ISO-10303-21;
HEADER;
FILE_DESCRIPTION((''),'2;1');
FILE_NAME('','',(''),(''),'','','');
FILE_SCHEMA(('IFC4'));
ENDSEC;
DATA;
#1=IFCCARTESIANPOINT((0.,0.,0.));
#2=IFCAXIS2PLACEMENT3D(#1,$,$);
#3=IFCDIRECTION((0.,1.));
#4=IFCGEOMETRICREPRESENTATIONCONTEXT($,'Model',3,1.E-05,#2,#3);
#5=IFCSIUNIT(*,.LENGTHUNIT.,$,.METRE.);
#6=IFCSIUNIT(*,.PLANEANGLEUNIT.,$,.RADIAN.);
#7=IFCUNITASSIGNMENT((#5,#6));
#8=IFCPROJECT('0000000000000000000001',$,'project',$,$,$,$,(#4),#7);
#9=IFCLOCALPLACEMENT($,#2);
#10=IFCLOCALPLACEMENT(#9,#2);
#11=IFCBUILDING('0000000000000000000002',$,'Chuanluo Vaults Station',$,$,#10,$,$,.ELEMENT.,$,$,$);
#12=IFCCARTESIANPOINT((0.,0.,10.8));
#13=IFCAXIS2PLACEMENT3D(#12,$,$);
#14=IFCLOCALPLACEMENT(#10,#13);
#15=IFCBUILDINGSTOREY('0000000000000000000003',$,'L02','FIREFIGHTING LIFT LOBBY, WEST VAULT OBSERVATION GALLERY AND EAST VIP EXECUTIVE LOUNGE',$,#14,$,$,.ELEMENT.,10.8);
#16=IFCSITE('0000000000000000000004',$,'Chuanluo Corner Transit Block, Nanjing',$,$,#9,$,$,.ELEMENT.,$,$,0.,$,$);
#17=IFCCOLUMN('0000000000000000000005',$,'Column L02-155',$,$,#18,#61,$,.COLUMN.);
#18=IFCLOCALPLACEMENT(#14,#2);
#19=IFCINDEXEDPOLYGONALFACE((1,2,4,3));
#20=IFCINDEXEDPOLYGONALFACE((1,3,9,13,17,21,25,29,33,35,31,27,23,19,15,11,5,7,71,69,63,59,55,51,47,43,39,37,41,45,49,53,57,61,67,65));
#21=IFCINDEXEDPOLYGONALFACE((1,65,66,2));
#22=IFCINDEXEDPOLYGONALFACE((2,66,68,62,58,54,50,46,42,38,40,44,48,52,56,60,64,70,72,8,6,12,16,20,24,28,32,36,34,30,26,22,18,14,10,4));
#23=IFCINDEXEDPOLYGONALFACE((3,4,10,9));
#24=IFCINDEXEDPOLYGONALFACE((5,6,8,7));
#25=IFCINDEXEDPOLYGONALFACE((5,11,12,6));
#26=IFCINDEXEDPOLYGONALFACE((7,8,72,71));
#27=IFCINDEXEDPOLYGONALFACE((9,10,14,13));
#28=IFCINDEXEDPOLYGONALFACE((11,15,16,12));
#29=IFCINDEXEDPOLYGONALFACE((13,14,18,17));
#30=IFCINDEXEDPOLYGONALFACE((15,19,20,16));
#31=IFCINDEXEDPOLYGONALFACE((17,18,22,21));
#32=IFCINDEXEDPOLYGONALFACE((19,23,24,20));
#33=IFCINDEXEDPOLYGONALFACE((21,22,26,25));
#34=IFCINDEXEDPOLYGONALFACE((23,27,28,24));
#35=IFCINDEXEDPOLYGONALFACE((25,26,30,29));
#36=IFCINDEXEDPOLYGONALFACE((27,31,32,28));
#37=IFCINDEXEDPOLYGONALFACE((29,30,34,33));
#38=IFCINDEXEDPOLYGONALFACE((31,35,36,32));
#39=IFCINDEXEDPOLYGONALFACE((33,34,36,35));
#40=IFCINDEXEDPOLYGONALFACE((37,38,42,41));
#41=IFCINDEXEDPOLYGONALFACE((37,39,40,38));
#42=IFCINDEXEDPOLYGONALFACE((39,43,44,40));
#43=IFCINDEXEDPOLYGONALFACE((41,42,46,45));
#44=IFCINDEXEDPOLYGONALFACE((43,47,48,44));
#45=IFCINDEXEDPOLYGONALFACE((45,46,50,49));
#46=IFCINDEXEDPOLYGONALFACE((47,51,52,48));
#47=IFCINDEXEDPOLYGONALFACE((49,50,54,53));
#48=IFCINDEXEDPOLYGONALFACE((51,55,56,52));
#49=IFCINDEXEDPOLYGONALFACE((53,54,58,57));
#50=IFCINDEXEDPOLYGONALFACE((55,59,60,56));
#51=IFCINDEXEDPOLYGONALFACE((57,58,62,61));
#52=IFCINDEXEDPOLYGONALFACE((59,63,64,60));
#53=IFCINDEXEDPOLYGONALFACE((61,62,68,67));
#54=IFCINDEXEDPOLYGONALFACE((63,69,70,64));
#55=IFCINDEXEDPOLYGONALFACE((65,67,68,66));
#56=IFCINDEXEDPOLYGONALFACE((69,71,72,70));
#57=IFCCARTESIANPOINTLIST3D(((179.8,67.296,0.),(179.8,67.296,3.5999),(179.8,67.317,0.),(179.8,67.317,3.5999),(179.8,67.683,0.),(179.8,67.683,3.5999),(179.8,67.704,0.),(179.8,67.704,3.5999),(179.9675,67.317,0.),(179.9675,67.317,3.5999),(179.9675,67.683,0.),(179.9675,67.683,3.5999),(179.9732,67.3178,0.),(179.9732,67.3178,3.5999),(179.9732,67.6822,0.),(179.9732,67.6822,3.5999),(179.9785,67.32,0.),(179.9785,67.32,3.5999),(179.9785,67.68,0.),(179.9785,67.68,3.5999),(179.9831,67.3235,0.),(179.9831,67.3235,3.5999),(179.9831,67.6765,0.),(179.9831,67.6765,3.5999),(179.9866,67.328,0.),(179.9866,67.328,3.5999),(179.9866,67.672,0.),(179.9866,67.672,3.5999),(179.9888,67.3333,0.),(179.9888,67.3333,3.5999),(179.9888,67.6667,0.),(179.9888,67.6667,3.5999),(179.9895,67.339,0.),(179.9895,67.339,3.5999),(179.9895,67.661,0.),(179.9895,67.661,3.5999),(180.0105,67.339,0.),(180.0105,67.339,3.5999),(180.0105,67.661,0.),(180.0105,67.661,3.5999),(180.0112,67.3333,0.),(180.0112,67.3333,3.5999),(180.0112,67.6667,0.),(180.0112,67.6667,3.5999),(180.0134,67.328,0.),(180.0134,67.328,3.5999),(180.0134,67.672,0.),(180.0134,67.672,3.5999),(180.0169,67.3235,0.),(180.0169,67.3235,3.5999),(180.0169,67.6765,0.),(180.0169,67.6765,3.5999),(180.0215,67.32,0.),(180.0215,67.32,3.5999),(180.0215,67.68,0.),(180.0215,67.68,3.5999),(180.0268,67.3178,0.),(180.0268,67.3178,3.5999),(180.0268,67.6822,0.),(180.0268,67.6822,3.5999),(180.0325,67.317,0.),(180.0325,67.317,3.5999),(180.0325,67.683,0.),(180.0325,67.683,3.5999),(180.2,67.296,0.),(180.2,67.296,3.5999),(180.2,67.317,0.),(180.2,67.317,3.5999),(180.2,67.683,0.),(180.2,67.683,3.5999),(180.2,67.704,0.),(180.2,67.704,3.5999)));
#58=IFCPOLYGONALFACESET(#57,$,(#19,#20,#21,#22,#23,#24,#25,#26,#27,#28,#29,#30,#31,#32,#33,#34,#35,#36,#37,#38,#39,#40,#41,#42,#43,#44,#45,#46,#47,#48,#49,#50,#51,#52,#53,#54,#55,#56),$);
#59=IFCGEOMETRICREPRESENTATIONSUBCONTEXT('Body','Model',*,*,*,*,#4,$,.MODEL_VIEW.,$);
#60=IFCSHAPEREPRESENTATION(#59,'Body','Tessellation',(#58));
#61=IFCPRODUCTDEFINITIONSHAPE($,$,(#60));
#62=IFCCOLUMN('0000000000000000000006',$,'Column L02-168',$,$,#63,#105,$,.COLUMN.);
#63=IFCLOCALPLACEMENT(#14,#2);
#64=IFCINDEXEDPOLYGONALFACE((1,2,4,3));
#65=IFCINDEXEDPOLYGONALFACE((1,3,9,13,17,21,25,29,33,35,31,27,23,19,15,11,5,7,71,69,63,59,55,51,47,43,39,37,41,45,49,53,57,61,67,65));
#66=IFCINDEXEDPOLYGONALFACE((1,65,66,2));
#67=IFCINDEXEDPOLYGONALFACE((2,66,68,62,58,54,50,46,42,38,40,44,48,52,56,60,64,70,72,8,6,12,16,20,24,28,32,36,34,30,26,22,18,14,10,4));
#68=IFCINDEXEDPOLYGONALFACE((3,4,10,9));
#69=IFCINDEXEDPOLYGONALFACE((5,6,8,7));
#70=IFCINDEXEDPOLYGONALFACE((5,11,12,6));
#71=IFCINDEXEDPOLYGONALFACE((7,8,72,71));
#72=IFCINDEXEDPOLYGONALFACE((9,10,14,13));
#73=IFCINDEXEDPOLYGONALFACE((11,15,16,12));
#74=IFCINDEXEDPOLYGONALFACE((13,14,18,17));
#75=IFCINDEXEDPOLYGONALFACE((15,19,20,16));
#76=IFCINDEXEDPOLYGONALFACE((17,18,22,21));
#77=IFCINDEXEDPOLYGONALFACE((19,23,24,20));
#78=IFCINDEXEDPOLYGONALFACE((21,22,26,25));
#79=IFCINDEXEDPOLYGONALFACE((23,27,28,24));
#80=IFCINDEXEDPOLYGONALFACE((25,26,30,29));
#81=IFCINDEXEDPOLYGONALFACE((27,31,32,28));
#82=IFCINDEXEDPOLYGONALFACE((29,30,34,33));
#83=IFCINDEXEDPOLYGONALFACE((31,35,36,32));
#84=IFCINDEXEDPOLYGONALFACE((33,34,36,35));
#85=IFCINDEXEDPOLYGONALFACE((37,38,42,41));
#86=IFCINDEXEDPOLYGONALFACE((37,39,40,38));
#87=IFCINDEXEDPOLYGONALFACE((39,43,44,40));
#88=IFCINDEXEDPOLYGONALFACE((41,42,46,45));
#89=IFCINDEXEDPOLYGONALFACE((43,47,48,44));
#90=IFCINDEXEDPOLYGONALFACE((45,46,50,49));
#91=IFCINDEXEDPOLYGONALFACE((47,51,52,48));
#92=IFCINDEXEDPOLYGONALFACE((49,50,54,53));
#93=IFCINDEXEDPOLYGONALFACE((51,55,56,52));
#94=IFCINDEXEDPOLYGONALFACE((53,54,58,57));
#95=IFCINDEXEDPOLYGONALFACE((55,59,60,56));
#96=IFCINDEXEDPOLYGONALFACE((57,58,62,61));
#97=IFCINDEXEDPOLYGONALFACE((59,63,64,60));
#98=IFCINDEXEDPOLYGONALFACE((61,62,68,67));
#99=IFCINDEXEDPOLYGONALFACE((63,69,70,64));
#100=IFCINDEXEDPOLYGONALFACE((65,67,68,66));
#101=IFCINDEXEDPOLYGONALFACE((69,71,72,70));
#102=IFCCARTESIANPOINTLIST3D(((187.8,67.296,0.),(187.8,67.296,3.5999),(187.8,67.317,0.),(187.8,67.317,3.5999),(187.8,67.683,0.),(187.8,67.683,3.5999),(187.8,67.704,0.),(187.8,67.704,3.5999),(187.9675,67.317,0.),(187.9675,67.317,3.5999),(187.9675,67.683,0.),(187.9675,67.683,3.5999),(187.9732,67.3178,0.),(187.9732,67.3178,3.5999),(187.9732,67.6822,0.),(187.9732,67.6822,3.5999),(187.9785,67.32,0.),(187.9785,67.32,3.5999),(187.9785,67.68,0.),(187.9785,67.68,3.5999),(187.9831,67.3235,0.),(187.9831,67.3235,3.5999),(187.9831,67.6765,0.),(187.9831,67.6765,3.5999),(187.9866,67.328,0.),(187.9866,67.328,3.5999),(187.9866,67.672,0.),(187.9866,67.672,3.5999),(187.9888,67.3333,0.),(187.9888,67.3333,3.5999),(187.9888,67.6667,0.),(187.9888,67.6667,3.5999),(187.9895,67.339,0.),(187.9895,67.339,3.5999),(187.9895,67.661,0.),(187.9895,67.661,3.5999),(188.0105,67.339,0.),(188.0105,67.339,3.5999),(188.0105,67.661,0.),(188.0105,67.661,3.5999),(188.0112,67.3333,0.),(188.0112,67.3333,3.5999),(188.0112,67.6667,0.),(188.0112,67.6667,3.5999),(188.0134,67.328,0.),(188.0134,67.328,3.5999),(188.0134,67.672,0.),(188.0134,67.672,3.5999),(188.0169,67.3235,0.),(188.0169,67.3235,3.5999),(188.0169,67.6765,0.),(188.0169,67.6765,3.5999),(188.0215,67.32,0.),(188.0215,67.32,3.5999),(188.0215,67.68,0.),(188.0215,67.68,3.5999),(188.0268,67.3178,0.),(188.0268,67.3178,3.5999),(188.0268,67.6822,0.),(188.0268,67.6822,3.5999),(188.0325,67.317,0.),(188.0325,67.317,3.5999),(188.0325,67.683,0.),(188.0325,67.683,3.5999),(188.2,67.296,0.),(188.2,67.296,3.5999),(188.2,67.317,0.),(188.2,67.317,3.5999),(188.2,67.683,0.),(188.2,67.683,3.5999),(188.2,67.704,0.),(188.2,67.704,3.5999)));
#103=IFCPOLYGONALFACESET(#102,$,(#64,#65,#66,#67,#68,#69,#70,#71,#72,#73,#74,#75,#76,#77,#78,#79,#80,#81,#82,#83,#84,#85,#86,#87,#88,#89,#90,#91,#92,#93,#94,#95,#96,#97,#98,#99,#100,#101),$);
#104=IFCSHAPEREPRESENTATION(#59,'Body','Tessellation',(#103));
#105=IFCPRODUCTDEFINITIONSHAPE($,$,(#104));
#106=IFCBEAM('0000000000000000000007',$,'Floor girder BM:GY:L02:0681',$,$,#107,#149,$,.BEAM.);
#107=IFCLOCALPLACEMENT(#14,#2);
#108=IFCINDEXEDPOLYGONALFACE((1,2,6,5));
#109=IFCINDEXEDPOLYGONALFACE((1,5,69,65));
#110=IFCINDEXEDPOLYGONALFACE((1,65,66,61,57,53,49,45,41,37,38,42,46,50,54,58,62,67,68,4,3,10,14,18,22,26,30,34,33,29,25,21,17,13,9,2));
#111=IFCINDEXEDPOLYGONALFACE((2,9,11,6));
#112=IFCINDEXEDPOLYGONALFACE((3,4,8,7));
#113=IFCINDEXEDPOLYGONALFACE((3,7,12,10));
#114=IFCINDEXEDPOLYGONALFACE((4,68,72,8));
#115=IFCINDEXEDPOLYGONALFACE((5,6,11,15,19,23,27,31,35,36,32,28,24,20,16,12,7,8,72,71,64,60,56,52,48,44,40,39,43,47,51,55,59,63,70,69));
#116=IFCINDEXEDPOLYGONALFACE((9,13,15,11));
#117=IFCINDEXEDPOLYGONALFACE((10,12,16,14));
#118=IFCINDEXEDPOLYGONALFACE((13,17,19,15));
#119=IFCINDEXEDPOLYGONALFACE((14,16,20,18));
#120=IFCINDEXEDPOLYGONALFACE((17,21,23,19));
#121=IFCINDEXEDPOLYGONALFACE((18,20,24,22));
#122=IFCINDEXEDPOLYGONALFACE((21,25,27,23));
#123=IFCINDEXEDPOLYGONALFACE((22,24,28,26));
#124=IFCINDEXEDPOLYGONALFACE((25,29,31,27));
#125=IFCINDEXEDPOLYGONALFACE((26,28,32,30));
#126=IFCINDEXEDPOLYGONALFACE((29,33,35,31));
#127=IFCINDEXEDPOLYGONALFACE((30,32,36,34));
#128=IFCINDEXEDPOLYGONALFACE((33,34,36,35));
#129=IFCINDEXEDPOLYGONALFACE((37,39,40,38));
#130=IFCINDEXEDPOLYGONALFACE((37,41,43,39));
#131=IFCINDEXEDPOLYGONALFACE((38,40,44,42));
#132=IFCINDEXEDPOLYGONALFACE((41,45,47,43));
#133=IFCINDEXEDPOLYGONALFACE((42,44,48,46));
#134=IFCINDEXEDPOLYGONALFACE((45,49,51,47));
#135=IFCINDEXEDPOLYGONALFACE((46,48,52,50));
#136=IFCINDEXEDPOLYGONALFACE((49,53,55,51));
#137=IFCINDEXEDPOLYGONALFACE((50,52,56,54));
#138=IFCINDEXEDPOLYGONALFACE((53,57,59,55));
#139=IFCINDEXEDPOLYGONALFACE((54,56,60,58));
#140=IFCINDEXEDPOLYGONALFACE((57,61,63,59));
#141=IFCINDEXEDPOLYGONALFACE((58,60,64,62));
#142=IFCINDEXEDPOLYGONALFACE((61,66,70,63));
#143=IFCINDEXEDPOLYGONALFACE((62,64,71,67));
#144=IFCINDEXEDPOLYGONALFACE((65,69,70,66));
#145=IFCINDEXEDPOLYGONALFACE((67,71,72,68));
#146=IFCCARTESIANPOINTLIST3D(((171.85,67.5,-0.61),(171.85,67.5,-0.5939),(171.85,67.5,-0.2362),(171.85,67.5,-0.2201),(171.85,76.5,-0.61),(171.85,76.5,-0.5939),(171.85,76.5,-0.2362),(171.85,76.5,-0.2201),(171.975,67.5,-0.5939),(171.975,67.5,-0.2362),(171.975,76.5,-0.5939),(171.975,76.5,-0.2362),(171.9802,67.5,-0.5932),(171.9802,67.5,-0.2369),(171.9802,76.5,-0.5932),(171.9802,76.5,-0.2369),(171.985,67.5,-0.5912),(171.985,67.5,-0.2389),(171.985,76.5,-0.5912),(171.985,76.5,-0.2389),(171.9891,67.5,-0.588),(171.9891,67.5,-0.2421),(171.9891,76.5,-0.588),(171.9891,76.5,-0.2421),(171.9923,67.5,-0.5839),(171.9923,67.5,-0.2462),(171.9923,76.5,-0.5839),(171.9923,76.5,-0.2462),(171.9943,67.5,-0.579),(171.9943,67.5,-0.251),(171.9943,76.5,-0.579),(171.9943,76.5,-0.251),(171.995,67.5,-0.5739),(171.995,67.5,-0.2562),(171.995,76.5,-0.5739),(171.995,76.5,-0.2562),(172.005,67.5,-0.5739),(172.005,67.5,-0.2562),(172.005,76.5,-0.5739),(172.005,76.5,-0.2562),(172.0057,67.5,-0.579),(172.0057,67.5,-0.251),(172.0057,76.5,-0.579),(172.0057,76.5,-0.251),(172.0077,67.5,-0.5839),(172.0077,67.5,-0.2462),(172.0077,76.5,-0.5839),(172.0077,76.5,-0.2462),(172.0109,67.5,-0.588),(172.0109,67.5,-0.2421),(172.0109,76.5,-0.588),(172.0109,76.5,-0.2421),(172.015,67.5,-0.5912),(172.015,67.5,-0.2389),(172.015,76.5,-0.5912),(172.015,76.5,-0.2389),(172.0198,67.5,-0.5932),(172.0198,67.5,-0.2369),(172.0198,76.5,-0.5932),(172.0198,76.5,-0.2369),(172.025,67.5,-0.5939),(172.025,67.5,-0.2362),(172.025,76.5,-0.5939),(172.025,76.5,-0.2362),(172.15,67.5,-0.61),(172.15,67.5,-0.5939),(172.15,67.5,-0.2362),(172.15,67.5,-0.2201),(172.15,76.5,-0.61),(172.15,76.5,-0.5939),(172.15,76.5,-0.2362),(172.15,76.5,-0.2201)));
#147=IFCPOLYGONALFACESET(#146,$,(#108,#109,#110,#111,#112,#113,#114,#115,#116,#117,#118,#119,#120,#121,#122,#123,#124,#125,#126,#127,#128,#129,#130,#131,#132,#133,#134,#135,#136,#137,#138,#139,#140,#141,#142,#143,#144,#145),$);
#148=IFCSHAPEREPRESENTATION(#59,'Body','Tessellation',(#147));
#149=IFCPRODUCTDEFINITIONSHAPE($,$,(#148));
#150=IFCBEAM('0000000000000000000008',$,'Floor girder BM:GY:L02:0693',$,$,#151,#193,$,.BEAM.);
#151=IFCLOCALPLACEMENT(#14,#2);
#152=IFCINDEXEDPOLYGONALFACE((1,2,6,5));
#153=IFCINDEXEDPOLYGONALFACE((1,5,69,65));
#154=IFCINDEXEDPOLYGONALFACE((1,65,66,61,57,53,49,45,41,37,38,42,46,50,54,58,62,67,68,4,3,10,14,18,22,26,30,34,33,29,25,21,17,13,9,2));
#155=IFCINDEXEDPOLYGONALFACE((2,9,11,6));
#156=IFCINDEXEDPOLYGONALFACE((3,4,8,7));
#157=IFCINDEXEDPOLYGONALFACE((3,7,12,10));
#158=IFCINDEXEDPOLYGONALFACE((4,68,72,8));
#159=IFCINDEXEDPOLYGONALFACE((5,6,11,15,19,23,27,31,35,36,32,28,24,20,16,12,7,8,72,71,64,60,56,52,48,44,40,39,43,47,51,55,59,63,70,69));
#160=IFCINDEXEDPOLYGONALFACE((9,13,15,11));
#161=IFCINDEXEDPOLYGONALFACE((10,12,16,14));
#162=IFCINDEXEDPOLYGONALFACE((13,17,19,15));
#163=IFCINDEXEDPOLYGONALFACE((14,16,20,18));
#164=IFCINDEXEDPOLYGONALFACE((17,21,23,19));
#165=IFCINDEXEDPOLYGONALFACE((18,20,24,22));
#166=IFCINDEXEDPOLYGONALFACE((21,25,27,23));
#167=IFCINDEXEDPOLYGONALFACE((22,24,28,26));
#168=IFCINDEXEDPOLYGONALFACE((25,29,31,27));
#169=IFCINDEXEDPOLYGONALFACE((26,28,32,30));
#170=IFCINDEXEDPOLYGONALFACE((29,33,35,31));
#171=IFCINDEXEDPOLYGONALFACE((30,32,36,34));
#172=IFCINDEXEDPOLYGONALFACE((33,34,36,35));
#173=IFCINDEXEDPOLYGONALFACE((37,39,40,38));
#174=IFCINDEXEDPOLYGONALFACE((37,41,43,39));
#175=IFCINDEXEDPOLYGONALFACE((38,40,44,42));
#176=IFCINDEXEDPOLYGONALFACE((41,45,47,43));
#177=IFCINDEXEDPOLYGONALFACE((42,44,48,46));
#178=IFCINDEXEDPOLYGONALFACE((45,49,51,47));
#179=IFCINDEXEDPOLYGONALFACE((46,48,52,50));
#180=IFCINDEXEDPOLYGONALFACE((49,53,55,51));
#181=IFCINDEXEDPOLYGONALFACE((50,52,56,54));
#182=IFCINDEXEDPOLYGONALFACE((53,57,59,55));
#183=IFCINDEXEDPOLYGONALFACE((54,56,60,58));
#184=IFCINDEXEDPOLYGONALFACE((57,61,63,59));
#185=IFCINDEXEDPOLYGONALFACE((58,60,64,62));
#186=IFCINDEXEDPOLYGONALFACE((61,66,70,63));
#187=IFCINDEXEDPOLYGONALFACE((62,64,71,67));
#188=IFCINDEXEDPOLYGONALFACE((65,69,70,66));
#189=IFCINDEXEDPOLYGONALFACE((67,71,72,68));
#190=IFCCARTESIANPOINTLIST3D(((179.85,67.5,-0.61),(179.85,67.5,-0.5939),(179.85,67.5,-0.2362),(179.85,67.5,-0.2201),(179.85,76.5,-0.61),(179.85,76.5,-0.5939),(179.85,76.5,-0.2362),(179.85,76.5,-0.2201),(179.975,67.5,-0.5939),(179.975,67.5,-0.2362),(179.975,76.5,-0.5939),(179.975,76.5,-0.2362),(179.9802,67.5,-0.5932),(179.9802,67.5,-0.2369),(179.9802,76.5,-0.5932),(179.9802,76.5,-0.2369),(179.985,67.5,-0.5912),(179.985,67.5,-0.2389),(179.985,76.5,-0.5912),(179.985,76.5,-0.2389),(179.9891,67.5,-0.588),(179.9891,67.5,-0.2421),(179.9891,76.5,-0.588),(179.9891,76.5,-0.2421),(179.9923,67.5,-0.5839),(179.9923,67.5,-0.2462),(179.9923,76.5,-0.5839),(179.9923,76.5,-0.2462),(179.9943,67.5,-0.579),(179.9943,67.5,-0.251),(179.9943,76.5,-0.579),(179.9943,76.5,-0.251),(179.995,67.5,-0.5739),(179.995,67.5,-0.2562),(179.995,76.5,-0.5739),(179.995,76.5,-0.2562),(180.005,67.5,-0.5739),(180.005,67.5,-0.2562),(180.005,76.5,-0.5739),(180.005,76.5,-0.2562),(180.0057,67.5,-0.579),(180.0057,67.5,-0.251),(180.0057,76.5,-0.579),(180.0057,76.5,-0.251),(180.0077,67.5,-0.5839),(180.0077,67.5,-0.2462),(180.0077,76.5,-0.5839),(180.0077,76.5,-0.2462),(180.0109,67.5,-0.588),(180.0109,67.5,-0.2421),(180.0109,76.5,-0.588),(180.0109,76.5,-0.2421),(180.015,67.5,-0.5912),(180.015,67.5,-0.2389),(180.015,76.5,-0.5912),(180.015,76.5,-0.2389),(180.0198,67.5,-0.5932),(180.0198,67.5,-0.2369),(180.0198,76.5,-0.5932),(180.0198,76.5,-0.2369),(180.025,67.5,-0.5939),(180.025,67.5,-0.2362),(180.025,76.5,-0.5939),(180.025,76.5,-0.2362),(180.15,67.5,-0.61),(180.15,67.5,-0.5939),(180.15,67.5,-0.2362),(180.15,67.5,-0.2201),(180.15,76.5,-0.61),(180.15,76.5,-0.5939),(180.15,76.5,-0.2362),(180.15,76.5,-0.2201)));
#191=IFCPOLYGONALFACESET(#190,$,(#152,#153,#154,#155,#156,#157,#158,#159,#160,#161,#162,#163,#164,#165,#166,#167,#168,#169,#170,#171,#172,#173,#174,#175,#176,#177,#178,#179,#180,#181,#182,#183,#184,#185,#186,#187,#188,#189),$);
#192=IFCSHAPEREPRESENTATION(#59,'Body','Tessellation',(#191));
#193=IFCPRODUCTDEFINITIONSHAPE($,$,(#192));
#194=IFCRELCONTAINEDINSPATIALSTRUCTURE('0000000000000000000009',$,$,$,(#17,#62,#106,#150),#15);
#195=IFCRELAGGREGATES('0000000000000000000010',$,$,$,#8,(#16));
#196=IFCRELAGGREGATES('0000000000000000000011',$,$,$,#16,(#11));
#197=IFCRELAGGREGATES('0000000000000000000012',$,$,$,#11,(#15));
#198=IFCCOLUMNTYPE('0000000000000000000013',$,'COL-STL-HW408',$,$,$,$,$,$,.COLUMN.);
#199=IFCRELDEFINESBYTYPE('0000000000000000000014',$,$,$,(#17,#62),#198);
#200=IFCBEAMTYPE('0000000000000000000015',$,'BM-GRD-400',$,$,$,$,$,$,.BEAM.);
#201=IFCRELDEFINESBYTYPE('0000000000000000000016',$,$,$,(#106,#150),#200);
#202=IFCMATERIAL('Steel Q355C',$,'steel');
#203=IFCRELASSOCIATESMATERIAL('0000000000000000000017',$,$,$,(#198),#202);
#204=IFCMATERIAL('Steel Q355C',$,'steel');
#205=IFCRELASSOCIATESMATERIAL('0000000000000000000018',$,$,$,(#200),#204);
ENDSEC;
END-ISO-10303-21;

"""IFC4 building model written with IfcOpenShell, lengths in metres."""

from ifc_helpers import new_model, si_unit, direction, frame, origin, origin_2d, place, context, subcontext, project, spatial, i_section, extrude, material, material_profile, profile_set, type_object, element, save


model = new_model("IFC4")

# Units and contexts
model_context = context("Model", 3, precision=1e-05, world=origin(), true_north=direction((0.0, 1.0)))
body_context = subcontext(model_context, "Body", "Model", "MODEL_VIEW")
ifc_project = project(units=[si_unit("LENGTHUNIT", "METRE"), si_unit("PLANEANGLEUNIT", "RADIAN")], contexts=[model_context])

# Site, building, storey
site_placement = place(None, origin())
site = spatial("IfcSite", under=ifc_project, at=site_placement, Name="Chuanluo Corner Transit Block, Nanjing", CompositionType="ELEMENT", RefElevation=0.0)
building_placement = place(site_placement, origin())
building = spatial("IfcBuilding", under=site, at=building_placement, Name="Chuanluo Vaults Station", CompositionType="ELEMENT")
storey_placement = place(building_placement, frame((0.0, 0.0, 10.8)))
storey = spatial("IfcBuildingStorey", under=building, at=storey_placement, Name="L02", Description="FIREFIGHTING LIFT LOBBY, WEST VAULT OBSERVATION GALLERY AND EAST VIP EXECUTIVE LOUNGE", CompositionType="ELEMENT", Elevation=10.8)

# Columns
ifc_material_1 = material(Name="Steel Q355C", Category="steel")
ifc_material_profile_1 = material_profile(ifc_material_1, i_section(OverallWidth=0.3999, OverallDepth=0.408, WebThickness=0.021, FlangeThickness=0.021, FilletRadius=0.022, at=origin_2d()))
ifc_profile_set_1 = profile_set([ifc_material_profile_1], Name="Steel Q355C")
column_type_1 = type_object("IfcColumnType", Name="COL-STL-HW408", PredefinedType="COLUMN", material=ifc_profile_set_1)
for number, where, z_axis, x_axis, name in (
    (1, (180.0, 67.5, 0.0), (0.0, 0.0, 1.0), (1.0, 0.0, 0.0), "Column L02-155"),
    (2, (188.0, 67.5, 0.0), (0.0, 0.0, 1.0), (1.0, 0.0, 0.0), "Column L02-168"),
):
    element("IfcColumn", number, at=place(storey_placement, frame(where, z_axis=z_axis, x_axis=x_axis)), inside=storey, type_object=column_type_1, Name=name, PredefinedType="COLUMN", context=body_context, shape_type="SweptSolid", body=[
        extrude(i_section(OverallWidth=0.3999, OverallDepth=0.408, WebThickness=0.021, FlangeThickness=0.021, FilletRadius=0.022, at=origin_2d()), origin(), (0.0, 0.0, 1.0), 3.5999),
    ])

# Beams
ifc_material_2 = material(Name="Steel Q355C", Category="steel")
ifc_material_profile_2 = material_profile(ifc_material_2, i_section(OverallWidth=0.3, OverallDepth=0.3899, WebThickness=0.01, FlangeThickness=0.0161, FilletRadius=0.02, at=origin_2d()))
ifc_profile_set_2 = profile_set([ifc_material_profile_2], Name="Steel Q355C")
beam_type_1 = type_object("IfcBeamType", Name="BM-GRD-400", PredefinedType="BEAM", material=ifc_profile_set_2)
for number, where, z_axis, x_axis, name in (
    (3, (172.0, 67.5, -0.415), (0.0, 1.0, 0.0), (-1.0, 0.0, 0.0), "Floor girder BM:GY:L02:0681"),
    (4, (180.0, 67.5, -0.415), (0.0, 1.0, 0.0), (-1.0, 0.0, 0.0), "Floor girder BM:GY:L02:0693"),
):
    element("IfcBeam", number, at=place(storey_placement, frame(where, z_axis=z_axis, x_axis=x_axis)), inside=storey, type_object=beam_type_1, Name=name, PredefinedType="BEAM", context=body_context, shape_type="SweptSolid", body=[
        extrude(i_section(OverallWidth=0.3, OverallDepth=0.3899, WebThickness=0.01, FlangeThickness=0.0161, FilletRadius=0.02, at=origin_2d()), origin(), (0.0, 0.0, 1.0), 9.0),
    ])

save(model, "model.ifc")
